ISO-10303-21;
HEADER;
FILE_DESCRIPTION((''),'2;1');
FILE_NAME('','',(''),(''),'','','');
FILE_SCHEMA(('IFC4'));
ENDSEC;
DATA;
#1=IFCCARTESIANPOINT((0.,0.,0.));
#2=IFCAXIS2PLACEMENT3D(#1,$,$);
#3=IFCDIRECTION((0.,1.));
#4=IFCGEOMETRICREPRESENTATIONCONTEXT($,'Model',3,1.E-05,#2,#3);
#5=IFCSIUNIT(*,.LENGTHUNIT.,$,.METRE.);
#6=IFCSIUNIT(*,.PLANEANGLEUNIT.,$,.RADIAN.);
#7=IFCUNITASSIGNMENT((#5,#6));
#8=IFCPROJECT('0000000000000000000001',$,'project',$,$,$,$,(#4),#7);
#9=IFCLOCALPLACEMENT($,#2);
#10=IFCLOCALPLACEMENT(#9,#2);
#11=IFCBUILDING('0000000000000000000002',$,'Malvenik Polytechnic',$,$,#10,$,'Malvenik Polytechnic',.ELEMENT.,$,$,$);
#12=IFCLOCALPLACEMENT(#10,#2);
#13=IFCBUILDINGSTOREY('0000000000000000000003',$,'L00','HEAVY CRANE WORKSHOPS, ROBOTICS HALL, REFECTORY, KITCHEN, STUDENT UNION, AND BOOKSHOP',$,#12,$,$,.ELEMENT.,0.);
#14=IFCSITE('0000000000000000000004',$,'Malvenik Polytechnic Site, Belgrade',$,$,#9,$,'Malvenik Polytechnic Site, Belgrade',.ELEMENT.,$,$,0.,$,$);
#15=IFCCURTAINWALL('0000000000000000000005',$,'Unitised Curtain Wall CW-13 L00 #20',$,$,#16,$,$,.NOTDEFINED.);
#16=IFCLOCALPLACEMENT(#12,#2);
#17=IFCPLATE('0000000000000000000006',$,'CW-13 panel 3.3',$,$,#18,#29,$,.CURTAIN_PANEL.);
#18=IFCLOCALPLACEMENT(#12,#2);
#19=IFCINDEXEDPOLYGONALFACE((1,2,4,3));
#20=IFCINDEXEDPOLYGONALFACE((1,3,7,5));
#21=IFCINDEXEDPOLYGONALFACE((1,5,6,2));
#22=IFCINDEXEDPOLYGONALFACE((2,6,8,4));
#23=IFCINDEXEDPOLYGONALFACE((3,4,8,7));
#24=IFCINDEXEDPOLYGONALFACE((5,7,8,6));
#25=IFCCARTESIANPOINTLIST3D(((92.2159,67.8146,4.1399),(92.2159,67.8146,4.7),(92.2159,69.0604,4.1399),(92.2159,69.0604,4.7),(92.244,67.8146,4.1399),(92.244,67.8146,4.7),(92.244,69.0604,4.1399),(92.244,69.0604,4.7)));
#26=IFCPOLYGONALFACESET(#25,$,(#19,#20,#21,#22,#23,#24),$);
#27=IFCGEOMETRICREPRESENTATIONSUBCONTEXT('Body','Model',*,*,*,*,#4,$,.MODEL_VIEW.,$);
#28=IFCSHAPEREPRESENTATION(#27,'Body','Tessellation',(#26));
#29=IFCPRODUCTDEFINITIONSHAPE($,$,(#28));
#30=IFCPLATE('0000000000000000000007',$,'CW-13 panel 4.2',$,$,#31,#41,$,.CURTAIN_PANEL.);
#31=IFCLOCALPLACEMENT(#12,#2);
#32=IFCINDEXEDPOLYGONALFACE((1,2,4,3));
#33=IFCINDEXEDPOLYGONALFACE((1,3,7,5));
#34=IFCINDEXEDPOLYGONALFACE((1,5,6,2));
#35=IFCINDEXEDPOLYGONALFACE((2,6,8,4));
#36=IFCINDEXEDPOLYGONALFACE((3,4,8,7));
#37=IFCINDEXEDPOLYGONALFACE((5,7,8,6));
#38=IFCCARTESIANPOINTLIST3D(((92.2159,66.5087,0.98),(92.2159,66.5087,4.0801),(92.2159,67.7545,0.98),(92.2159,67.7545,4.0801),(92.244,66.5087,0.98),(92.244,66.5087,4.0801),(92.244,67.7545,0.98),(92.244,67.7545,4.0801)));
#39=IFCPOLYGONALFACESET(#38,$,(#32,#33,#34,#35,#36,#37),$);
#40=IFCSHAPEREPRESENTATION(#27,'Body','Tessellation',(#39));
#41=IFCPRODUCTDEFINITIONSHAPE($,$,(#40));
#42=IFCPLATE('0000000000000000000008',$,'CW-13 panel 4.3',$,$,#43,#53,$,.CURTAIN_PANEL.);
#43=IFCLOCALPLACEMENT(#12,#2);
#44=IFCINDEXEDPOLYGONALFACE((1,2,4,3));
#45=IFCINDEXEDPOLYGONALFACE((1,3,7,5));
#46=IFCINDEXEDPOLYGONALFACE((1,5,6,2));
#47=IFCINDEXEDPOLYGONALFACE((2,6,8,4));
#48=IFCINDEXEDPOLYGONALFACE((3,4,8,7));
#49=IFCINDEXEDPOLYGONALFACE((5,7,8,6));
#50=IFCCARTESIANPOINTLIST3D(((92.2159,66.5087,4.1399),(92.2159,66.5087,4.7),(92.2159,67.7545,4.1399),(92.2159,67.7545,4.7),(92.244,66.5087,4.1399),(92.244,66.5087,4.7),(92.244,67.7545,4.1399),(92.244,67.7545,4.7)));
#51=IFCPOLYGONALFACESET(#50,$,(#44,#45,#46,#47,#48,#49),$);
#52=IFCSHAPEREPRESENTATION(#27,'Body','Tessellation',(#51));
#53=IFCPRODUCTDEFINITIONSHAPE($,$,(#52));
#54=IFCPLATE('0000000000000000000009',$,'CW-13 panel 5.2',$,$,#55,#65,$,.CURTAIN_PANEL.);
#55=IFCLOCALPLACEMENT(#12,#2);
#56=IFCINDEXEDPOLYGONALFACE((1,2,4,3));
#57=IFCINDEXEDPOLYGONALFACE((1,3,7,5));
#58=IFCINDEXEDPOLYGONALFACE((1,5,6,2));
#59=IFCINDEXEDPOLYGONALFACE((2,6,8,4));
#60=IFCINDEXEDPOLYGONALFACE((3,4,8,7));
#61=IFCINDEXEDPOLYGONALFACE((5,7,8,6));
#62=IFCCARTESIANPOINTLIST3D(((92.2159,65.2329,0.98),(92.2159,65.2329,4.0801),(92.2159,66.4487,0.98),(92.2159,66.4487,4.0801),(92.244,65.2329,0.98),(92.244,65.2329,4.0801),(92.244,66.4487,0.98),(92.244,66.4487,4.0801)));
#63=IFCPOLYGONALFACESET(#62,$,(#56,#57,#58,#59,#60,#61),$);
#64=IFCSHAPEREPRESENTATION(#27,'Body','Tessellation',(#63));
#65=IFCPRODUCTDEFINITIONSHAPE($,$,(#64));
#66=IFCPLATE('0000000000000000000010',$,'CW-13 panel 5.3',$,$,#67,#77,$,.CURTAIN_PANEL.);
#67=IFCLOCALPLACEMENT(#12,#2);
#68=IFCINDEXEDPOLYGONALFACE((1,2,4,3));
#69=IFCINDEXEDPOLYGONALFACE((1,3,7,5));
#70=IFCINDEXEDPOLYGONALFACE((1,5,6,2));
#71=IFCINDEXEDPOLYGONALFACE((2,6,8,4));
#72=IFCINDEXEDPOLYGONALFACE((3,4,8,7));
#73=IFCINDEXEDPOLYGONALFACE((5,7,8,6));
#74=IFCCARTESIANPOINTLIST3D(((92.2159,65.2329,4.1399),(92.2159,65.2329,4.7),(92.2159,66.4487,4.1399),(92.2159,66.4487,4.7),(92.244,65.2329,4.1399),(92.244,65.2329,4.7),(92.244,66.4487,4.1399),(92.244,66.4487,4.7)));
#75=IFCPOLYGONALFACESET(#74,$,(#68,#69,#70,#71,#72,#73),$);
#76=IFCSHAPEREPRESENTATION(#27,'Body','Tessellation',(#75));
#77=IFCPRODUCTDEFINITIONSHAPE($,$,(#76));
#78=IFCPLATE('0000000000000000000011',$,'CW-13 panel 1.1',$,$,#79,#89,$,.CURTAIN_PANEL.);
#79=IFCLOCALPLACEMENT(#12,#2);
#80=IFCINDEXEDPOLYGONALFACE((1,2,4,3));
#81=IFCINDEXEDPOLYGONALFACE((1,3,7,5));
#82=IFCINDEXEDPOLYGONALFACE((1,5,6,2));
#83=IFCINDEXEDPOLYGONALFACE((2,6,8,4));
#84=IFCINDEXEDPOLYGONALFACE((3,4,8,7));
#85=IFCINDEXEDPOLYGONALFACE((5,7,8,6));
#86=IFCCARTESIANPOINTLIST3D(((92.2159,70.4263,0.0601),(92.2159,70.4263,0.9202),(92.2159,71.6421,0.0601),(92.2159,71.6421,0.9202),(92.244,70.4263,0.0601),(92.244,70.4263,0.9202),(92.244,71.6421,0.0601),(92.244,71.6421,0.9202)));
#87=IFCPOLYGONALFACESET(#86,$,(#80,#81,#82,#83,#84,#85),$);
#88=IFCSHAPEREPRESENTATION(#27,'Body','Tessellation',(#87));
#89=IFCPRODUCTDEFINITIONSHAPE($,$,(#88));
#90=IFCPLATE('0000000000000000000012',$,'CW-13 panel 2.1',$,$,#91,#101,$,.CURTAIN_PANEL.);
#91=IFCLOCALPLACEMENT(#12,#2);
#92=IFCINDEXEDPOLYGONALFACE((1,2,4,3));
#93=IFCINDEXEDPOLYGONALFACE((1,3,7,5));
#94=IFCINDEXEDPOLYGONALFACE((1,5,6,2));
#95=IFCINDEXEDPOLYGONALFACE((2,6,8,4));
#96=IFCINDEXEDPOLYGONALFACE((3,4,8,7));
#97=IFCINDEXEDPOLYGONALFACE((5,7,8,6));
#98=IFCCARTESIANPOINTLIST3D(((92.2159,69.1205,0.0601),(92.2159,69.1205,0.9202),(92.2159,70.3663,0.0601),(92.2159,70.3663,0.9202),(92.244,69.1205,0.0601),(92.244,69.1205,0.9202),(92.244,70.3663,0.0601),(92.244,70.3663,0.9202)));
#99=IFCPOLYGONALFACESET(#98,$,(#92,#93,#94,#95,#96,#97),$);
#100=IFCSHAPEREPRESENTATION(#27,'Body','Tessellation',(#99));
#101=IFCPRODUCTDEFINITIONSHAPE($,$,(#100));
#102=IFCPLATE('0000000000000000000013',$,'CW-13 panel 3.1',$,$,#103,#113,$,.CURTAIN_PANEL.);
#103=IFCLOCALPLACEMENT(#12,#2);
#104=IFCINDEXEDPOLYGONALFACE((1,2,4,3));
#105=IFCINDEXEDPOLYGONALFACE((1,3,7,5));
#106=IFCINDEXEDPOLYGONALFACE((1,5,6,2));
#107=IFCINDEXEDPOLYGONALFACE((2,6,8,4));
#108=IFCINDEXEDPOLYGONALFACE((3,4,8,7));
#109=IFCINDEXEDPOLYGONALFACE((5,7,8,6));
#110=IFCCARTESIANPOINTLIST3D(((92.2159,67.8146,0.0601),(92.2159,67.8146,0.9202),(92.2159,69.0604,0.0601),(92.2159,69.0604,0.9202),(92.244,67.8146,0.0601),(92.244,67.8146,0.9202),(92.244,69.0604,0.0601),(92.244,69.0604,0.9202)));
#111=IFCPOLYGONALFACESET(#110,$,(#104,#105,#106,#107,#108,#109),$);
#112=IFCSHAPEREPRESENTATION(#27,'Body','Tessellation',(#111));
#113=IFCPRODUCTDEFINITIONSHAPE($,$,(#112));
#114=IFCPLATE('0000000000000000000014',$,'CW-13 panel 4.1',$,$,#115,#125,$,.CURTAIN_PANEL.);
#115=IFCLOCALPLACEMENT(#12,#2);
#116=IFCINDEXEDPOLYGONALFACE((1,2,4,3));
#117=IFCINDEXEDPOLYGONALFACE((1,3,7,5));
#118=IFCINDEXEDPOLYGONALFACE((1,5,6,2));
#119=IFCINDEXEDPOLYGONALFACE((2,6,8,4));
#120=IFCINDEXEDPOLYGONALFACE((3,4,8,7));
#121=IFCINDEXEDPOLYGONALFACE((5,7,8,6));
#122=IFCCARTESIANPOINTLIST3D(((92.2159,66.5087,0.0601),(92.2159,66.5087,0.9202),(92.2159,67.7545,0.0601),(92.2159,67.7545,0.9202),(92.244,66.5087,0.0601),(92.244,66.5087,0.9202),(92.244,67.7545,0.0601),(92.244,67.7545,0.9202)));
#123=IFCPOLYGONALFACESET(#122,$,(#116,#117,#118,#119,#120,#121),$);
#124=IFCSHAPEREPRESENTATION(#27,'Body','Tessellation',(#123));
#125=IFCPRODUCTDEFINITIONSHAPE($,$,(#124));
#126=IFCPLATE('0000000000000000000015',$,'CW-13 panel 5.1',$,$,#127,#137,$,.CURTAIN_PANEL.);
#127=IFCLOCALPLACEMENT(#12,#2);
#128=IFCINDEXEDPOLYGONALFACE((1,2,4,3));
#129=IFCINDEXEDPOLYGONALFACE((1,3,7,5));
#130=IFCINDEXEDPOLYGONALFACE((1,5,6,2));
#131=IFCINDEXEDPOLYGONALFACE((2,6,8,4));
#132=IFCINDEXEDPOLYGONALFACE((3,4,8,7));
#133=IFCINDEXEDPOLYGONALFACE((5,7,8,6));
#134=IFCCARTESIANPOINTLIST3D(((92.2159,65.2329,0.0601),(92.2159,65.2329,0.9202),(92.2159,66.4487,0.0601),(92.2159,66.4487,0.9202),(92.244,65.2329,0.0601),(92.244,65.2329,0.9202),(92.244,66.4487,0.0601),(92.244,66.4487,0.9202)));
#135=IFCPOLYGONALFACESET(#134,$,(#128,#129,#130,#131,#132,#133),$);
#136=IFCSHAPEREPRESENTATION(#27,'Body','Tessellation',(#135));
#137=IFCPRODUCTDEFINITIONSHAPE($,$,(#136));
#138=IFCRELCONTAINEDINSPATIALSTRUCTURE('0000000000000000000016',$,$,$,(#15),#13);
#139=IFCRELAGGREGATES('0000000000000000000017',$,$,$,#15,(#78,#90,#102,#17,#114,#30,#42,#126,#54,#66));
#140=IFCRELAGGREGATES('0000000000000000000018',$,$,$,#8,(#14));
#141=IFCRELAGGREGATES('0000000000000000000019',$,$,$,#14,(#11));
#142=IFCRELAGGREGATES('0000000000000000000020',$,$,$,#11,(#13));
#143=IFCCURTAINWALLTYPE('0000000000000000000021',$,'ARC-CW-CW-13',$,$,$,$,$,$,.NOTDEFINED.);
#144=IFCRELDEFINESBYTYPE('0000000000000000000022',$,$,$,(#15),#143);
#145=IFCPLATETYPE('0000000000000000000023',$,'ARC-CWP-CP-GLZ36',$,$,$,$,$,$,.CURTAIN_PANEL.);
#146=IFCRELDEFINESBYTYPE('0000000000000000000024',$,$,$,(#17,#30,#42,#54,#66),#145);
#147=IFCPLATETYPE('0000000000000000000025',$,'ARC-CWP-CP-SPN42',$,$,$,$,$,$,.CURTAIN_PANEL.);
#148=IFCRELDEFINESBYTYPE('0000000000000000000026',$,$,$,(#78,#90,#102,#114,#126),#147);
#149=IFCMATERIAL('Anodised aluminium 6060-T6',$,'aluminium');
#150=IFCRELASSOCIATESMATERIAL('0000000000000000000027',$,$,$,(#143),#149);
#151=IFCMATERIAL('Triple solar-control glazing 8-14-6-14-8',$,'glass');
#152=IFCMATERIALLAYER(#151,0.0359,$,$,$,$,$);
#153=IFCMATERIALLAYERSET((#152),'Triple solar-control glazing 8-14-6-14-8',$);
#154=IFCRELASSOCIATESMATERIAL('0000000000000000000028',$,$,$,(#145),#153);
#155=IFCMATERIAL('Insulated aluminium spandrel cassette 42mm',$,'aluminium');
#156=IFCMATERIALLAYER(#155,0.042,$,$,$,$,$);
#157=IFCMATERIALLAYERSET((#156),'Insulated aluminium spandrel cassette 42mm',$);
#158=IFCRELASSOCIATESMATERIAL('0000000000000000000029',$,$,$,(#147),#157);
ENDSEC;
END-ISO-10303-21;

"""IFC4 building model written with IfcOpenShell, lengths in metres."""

from ifc_helpers import new_model, si_unit, direction, frame, origin, origin_2d, place, context, subcontext, project, spatial, rectangle, extrude, material, layer, layer_set, type_object, element, aggregate, save


model = new_model("IFC4")

# Units and contexts
model_context = context("Model", 3, precision=1e-05, world=origin(), true_north=direction((0.0, 1.0)))
body_context = subcontext(model_context, "Body", "Model", "MODEL_VIEW")
ifc_project = project(units=[si_unit("LENGTHUNIT", "METRE"), si_unit("PLANEANGLEUNIT", "RADIAN")], contexts=[model_context])

# Site, building, storey
site_placement = place(None, origin())
site = spatial("IfcSite", under=ifc_project, at=site_placement, Name="Malvenik Polytechnic Site, Belgrade", LongName="Malvenik Polytechnic Site, Belgrade", CompositionType="ELEMENT", RefElevation=0.0)
building_placement = place(site_placement, origin())
building = spatial("IfcBuilding", under=site, at=building_placement, Name="Malvenik Polytechnic", LongName="Malvenik Polytechnic", CompositionType="ELEMENT")
storey_placement = place(building_placement, origin())
storey = spatial("IfcBuildingStorey", under=building, at=storey_placement, Name="L00", Description="HEAVY CRANE WORKSHOPS, ROBOTICS HALL, REFECTORY, KITCHEN, STUDENT UNION, AND BOOKSHOP", CompositionType="ELEMENT", Elevation=0.0)

# Curtain wall, plates
ifc_material_1 = material(Name="Anodised aluminium 6060-T6", Category="aluminium")
curtain_wall_type = type_object("IfcCurtainWallType", Name="ARC-CW-CW-13", PredefinedType="NOTDEFINED", material=ifc_material_1)
curtain_wall_placement = place(storey_placement, origin())
curtain_wall = element("IfcCurtainWall", 1, at=curtain_wall_placement, inside=storey, type_object=curtain_wall_type, Name="Unitised Curtain Wall CW-13 L00 #20", PredefinedType="NOTDEFINED")
ifc_material_2 = material(Name="Triple solar-control glazing 8-14-6-14-8", Category="glass")
ifc_layer_1 = layer(ifc_material_2, 0.0359)
ifc_layer_set_1 = layer_set([ifc_layer_1], Name="Triple solar-control glazing 8-14-6-14-8")
plate_type_1 = type_object("IfcPlateType", Name="ARC-CWP-CP-GLZ36", PredefinedType="CURTAIN_PANEL", material=ifc_layer_set_1)
plate_1_placement = place(storey_placement, frame((92.23, 68.4375, 4.1399), z_axis=(0.0, 0.0, 1.0), x_axis=(0.0, -1.0, 0.0)))
plate_1 = element("IfcPlate", 2, at=plate_1_placement, type_object=plate_type_1, Name="CW-13 panel 3.3", PredefinedType="CURTAIN_PANEL", context=body_context, shape_type="SweptSolid", body=[
    extrude(rectangle(XDim=1.2458, YDim=0.0281, at=origin_2d()), origin(), (0.0, 0.0, 1.0), 0.5601),
])
plate_2_placement = place(storey_placement, frame((92.23, 67.1316, 0.98), z_axis=(0.0, 0.0, 1.0), x_axis=(0.0, -1.0, 0.0)))
plate_2 = element("IfcPlate", 3, at=plate_2_placement, type_object=plate_type_1, Name="CW-13 panel 4.2", PredefinedType="CURTAIN_PANEL", context=body_context, shape_type="SweptSolid", body=[
    extrude(rectangle(XDim=1.2458, YDim=0.0281, at=origin_2d()), origin(), (0.0, 0.0, 1.0), 3.1001),
])
plate_3_placement = place(storey_placement, frame((92.23, 67.1316, 4.1399), z_axis=(0.0, 0.0, 1.0), x_axis=(0.0, -1.0, 0.0)))
plate_3 = element("IfcPlate", 4, at=plate_3_placement, type_object=plate_type_1, Name="CW-13 panel 4.3", PredefinedType="CURTAIN_PANEL", context=body_context, shape_type="SweptSolid", body=[
    extrude(rectangle(XDim=1.2458, YDim=0.0281, at=origin_2d()), origin(), (0.0, 0.0, 1.0), 0.5601),
])
plate_4_placement = place(storey_placement, frame((92.23, 65.8408, 0.98), z_axis=(0.0, 0.0, 1.0), x_axis=(0.0, -1.0, 0.0)))
plate_4 = element("IfcPlate", 5, at=plate_4_placement, type_object=plate_type_1, Name="CW-13 panel 5.2", PredefinedType="CURTAIN_PANEL", context=body_context, shape_type="SweptSolid", body=[
    extrude(rectangle(XDim=1.2158, YDim=0.0281, at=origin_2d()), origin(), (0.0, 0.0, 1.0), 3.1001),
])
plate_5_placement = place(storey_placement, frame((92.23, 65.8408, 4.1399), z_axis=(0.0, 0.0, 1.0), x_axis=(0.0, -1.0, 0.0)))
plate_5 = element("IfcPlate", 6, at=plate_5_placement, type_object=plate_type_1, Name="CW-13 panel 5.3", PredefinedType="CURTAIN_PANEL", context=body_context, shape_type="SweptSolid", body=[
    extrude(rectangle(XDim=1.2158, YDim=0.0281, at=origin_2d()), origin(), (0.0, 0.0, 1.0), 0.5601),
])
ifc_material_3 = material(Name="Insulated aluminium spandrel cassette 42mm", Category="aluminium")
ifc_layer_2 = layer(ifc_material_3, 0.042)
ifc_layer_set_2 = layer_set([ifc_layer_2], Name="Insulated aluminium spandrel cassette 42mm")
plate_type_2 = type_object("IfcPlateType", Name="ARC-CWP-CP-SPN42", PredefinedType="CURTAIN_PANEL", material=ifc_layer_set_2)
plate_6_placement = place(storey_placement, frame((92.23, 71.0342, 0.0601), z_axis=(0.0, 0.0, 1.0), x_axis=(0.0, -1.0, 0.0)))
plate_6 = element("IfcPlate", 7, at=plate_6_placement, type_object=plate_type_2, Name="CW-13 panel 1.1", PredefinedType="CURTAIN_PANEL", context=body_context, shape_type="SweptSolid", body=[
    extrude(rectangle(XDim=1.2158, YDim=0.0281, at=origin_2d()), origin(), (0.0, 0.0, 1.0), 0.8601),
])
plate_7_placement = place(storey_placement, frame((92.23, 69.7434, 0.0601), z_axis=(0.0, 0.0, 1.0), x_axis=(0.0, -1.0, 0.0)))
plate_7 = element("IfcPlate", 8, at=plate_7_placement, type_object=plate_type_2, Name="CW-13 panel 2.1", PredefinedType="CURTAIN_PANEL", context=body_context, shape_type="SweptSolid", body=[
    extrude(rectangle(XDim=1.2458, YDim=0.0281, at=origin_2d()), origin(), (0.0, 0.0, 1.0), 0.8601),
])
plate_8_placement = place(storey_placement, frame((92.23, 68.4375, 0.0601), z_axis=(0.0, 0.0, 1.0), x_axis=(0.0, -1.0, 0.0)))
plate_8 = element("IfcPlate", 9, at=plate_8_placement, type_object=plate_type_2, Name="CW-13 panel 3.1", PredefinedType="CURTAIN_PANEL", context=body_context, shape_type="SweptSolid", body=[
    extrude(rectangle(XDim=1.2458, YDim=0.0281, at=origin_2d()), origin(), (0.0, 0.0, 1.0), 0.8601),
])
plate_9_placement = place(storey_placement, frame((92.23, 67.1316, 0.0601), z_axis=(0.0, 0.0, 1.0), x_axis=(0.0, -1.0, 0.0)))
plate_9 = element("IfcPlate", 10, at=plate_9_placement, type_object=plate_type_2, Name="CW-13 panel 4.1", PredefinedType="CURTAIN_PANEL", context=body_context, shape_type="SweptSolid", body=[
    extrude(rectangle(XDim=1.2458, YDim=0.0281, at=origin_2d()), origin(), (0.0, 0.0, 1.0), 0.8601),
])
plate_10_placement = place(storey_placement, frame((92.23, 65.8408, 0.0601), z_axis=(0.0, 0.0, 1.0), x_axis=(0.0, -1.0, 0.0)))
plate_10 = element("IfcPlate", 11, at=plate_10_placement, type_object=plate_type_2, Name="CW-13 panel 5.1", PredefinedType="CURTAIN_PANEL", context=body_context, shape_type="SweptSolid", body=[
    extrude(rectangle(XDim=1.2158, YDim=0.0281, at=origin_2d()), origin(), (0.0, 0.0, 1.0), 0.8601),
])
aggregate(curtain_wall, [plate_6, plate_7, plate_8, plate_1, plate_9, plate_2, plate_3, plate_10, plate_4, plate_5])

save(model, "model.ifc")
